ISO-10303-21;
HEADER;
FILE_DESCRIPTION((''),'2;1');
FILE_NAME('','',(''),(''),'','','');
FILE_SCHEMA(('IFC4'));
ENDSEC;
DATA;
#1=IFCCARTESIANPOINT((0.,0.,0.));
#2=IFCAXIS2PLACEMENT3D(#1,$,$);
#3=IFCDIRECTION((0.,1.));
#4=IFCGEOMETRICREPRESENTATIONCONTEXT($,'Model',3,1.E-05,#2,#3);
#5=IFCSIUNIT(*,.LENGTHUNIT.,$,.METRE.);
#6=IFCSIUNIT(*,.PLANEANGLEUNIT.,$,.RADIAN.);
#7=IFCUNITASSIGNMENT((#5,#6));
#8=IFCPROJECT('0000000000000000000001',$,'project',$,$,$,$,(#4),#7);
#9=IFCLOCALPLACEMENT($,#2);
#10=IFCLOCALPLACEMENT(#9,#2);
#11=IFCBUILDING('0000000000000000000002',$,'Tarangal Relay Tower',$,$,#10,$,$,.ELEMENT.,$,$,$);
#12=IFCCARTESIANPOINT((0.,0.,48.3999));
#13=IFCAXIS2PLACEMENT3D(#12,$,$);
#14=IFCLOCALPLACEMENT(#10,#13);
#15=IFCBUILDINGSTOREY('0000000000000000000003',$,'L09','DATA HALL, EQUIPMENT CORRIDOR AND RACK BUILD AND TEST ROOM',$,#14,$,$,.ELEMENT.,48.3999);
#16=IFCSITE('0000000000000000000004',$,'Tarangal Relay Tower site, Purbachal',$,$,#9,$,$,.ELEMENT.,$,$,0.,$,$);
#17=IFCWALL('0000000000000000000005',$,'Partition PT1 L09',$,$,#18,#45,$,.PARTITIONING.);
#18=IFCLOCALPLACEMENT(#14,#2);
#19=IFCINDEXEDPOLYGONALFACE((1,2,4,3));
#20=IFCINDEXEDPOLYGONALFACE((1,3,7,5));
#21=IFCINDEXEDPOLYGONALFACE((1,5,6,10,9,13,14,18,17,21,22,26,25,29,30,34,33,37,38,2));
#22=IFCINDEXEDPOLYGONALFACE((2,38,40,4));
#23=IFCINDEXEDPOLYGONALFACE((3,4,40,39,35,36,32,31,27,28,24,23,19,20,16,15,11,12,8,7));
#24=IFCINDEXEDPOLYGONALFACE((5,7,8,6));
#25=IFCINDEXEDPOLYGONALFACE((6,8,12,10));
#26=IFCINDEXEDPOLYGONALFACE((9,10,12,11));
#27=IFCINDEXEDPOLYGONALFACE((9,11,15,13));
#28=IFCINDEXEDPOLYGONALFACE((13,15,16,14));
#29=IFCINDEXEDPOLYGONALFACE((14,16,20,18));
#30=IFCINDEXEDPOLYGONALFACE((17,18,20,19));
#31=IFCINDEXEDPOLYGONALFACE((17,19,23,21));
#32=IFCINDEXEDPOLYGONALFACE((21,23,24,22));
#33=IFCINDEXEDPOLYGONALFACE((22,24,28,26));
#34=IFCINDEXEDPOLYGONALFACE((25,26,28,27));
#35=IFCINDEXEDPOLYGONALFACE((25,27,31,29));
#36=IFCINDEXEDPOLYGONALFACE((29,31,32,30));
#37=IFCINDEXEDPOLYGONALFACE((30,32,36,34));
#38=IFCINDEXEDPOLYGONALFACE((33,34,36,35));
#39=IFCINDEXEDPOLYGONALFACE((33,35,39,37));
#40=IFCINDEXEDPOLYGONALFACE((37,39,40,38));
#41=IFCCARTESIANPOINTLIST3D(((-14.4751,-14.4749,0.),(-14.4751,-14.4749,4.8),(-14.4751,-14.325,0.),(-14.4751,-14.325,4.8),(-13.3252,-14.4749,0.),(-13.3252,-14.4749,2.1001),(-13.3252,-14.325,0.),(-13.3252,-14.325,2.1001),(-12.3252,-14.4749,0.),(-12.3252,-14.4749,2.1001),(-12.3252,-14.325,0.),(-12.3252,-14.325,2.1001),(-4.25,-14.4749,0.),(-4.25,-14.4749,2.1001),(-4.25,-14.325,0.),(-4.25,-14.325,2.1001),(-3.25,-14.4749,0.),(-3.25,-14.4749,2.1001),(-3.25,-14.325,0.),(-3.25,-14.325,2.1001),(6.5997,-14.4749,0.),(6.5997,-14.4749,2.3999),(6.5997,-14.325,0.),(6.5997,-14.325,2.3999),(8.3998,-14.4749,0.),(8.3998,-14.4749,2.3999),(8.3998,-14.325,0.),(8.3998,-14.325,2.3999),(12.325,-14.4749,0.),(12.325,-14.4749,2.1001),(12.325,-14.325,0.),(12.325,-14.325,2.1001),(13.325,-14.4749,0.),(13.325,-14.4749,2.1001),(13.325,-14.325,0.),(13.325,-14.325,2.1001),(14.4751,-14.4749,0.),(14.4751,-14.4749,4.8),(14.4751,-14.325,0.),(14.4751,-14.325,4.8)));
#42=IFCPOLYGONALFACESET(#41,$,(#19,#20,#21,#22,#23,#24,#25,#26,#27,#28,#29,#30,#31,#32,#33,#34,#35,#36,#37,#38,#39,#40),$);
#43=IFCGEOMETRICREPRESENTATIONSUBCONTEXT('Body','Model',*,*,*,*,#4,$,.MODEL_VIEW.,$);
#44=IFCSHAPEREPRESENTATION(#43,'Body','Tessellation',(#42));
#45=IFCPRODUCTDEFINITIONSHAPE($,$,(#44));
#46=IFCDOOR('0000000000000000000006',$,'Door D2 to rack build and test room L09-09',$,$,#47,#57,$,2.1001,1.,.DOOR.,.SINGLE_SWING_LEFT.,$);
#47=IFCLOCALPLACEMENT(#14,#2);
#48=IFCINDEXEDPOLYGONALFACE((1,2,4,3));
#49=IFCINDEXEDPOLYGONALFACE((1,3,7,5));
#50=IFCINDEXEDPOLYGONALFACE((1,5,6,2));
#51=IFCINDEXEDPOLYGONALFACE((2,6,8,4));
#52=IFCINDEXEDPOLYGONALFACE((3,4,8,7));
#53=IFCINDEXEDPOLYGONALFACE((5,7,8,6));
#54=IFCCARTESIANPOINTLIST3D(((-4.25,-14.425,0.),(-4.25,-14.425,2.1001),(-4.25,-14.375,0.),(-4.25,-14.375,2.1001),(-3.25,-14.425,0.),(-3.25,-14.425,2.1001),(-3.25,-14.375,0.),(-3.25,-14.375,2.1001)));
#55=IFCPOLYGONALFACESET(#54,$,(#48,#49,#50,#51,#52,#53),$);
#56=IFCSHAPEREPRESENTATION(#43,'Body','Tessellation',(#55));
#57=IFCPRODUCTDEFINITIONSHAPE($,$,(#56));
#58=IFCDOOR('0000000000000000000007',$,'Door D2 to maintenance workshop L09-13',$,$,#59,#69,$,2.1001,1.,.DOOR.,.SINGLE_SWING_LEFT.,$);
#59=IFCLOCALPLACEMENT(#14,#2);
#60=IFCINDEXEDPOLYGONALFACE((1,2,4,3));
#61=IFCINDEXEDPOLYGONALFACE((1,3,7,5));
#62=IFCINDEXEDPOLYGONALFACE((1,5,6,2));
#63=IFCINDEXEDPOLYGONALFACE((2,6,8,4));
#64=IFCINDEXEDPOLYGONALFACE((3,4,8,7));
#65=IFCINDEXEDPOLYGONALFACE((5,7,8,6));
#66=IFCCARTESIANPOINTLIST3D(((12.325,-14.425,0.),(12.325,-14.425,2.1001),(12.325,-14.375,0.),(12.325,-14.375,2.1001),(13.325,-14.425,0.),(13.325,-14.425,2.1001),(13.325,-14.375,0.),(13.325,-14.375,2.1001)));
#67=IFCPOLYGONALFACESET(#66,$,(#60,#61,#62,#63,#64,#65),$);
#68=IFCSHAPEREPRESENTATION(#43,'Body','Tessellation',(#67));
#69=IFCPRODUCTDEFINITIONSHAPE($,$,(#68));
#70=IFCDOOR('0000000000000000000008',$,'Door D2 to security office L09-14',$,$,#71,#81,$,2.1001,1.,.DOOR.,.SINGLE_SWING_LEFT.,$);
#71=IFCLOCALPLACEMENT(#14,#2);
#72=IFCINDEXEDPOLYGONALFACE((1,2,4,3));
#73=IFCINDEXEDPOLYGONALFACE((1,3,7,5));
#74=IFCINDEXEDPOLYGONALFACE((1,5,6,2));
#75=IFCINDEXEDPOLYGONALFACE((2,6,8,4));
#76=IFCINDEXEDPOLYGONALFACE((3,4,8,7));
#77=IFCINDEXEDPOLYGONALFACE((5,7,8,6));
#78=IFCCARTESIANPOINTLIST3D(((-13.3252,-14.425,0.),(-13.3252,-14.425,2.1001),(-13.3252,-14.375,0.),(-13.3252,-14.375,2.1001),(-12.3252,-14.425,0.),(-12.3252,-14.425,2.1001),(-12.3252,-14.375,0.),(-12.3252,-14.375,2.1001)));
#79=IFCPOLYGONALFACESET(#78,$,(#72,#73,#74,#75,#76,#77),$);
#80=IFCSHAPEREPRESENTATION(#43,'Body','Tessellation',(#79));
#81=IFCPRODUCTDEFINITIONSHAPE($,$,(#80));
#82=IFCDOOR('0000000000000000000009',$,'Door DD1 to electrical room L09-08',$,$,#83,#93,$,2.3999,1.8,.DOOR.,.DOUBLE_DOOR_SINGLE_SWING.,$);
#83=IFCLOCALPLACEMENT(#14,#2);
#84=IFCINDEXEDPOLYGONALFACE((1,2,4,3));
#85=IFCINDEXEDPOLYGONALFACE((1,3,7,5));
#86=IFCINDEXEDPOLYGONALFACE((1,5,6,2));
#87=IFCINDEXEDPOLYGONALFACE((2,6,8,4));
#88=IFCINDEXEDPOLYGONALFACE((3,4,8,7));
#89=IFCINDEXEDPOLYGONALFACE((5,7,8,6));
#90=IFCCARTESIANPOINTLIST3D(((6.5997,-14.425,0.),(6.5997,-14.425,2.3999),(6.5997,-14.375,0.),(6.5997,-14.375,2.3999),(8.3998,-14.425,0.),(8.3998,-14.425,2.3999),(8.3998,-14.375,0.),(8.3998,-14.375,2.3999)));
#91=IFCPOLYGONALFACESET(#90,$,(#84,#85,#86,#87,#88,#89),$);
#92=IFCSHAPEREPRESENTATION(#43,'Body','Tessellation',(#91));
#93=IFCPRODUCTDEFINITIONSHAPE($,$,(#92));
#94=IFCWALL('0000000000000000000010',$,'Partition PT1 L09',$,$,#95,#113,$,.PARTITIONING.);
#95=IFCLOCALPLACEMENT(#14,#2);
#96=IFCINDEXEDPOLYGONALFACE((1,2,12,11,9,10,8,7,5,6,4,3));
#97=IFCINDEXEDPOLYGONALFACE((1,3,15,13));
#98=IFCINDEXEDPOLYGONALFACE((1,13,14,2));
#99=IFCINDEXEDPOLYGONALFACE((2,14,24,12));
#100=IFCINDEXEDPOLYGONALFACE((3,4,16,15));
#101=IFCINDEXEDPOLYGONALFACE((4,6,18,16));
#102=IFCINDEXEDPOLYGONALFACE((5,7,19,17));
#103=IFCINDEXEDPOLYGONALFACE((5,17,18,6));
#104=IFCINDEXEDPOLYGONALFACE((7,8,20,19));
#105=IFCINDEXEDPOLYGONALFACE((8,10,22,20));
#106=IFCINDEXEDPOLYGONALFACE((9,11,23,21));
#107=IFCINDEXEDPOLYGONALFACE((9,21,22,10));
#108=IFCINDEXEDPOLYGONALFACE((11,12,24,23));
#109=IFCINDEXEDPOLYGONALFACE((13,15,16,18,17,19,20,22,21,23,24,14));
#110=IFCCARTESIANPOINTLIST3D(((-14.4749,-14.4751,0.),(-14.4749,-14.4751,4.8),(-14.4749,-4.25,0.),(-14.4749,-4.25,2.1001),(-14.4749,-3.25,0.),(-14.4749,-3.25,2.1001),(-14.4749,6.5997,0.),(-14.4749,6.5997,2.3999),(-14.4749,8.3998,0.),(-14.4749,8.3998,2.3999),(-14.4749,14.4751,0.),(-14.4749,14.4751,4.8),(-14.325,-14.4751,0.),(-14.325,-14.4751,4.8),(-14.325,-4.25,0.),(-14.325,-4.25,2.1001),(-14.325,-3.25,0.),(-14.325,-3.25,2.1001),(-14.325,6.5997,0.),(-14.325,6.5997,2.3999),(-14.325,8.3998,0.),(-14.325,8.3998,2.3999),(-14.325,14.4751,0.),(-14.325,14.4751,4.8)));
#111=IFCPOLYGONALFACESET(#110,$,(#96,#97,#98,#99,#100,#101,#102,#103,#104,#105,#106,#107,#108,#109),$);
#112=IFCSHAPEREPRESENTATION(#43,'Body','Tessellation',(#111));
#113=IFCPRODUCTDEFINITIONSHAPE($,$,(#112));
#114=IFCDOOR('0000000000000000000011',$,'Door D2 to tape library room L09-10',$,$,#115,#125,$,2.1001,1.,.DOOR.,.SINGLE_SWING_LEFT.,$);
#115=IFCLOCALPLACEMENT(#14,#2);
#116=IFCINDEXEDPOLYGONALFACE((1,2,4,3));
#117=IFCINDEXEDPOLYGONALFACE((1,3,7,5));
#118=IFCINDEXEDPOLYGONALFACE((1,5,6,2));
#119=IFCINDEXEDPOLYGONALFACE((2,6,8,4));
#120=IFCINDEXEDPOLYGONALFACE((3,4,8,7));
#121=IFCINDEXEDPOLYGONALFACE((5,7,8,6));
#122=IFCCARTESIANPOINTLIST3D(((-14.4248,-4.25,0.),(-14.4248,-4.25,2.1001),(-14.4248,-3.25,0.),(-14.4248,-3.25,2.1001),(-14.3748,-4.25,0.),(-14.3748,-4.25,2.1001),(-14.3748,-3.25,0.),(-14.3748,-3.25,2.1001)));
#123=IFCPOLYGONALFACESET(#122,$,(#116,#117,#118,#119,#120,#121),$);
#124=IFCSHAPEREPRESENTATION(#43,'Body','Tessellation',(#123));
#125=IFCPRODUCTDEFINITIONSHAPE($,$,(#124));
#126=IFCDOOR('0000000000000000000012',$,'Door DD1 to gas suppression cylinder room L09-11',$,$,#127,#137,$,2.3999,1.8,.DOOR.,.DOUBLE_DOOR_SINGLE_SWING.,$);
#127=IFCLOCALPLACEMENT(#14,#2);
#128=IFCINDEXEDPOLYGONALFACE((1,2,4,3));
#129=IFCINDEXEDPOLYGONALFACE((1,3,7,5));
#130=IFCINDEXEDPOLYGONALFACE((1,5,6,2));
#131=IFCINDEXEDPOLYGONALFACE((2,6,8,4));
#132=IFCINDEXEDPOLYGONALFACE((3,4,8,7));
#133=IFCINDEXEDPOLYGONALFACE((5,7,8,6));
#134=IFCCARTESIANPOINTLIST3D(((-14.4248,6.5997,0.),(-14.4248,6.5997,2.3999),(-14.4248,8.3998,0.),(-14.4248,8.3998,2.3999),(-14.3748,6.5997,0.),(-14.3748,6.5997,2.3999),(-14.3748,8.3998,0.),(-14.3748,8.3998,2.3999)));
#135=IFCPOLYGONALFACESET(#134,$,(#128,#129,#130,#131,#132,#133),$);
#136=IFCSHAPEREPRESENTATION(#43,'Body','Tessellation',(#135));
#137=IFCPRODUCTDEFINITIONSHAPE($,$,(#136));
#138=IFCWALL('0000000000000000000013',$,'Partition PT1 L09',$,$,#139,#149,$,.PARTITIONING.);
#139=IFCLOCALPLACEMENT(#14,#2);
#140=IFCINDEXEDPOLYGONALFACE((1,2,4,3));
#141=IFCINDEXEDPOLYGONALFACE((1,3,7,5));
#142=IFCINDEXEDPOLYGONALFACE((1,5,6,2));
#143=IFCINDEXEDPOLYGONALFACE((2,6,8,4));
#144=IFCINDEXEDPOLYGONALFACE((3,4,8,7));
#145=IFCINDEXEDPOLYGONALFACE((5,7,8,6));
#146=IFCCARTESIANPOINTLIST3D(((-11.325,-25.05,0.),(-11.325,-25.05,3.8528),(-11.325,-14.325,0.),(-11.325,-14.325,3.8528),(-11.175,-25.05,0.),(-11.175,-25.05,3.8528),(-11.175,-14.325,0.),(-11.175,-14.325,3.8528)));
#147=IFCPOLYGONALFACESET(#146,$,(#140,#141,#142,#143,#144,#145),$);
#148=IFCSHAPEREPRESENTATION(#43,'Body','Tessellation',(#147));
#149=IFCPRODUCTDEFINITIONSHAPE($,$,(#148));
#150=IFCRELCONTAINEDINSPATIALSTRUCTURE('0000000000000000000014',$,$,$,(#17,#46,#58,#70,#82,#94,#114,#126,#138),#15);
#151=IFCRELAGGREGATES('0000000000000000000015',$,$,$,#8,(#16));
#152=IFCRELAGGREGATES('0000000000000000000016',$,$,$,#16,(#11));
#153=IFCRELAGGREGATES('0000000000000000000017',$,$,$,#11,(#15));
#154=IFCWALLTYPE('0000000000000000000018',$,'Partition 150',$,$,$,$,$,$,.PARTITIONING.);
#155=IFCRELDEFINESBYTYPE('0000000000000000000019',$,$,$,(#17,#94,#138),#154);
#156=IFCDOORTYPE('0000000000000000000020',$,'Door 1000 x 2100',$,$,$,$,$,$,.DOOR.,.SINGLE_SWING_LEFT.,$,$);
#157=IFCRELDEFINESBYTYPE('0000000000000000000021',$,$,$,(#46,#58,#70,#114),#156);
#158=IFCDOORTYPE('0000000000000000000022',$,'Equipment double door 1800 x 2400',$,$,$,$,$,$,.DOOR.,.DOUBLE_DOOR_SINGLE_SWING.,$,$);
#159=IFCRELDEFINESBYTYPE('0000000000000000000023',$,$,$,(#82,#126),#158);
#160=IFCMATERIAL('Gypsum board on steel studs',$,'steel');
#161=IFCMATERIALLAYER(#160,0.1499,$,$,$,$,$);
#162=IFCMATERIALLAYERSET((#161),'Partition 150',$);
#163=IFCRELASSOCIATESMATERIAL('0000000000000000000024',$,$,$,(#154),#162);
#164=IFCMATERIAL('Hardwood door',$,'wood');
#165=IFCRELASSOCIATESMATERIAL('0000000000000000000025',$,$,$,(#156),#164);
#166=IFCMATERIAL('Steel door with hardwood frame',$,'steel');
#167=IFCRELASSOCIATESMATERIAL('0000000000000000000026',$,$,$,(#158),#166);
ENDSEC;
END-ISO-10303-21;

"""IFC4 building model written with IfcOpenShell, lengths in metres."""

from ifc_helpers import new_model, si_unit, direction, frame, frame_2d, origin, place, context, subcontext, project, spatial, rectangle, extrude, material, layer, layer_set, type_object, element, fill, save


model = new_model("IFC4")

# Units and contexts
model_context = context("Model", 3, precision=1e-05, world=origin(), true_north=direction((0.0, 1.0)))
body_context = subcontext(model_context, "Body", "Model", "MODEL_VIEW")
ifc_project = project(units=[si_unit("LENGTHUNIT", "METRE"), si_unit("PLANEANGLEUNIT", "RADIAN")], contexts=[model_context])

# Site, building, storey
site_placement = place(None, origin())
site = spatial("IfcSite", under=ifc_project, at=site_placement, Name="Tarangal Relay Tower site, Purbachal", CompositionType="ELEMENT", RefElevation=0.0)
building_placement = place(site_placement, origin())
building = spatial("IfcBuilding", under=site, at=building_placement, Name="Tarangal Relay Tower", CompositionType="ELEMENT")
storey_placement = place(building_placement, frame((0.0, 0.0, 48.3999)))
storey = spatial("IfcBuildingStorey", under=building, at=storey_placement, Name="L09", Description="DATA HALL, EQUIPMENT CORRIDOR AND RACK BUILD AND TEST ROOM", CompositionType="ELEMENT", Elevation=48.3999)

# Walls, openings, doors
ifc_material_1 = material(Name="Gypsum board on steel studs", Category="steel")
ifc_layer_1 = layer(ifc_material_1, 0.1499)
ifc_layer_set_1 = layer_set([ifc_layer_1], Name="Partition 150")
wall_type_1 = type_object("IfcWallType", Name="Partition 150", PredefinedType="PARTITIONING", material=ifc_layer_set_1)
wall_1_placement = place(storey_placement, frame((-14.4751, -14.3999, 0.0), z_axis=(0.0, 0.0, 1.0), x_axis=(1.0, 0.0, 0.0)))
wall_1 = element("IfcWall", 1, at=wall_1_placement, inside=storey, type_object=wall_type_1, Name="Partition PT1 L09", PredefinedType="PARTITIONING", context=body_context, shape_type="SweptSolid", body=[
    extrude(rectangle(XDim=28.9502, YDim=0.1499, at=frame_2d((14.4751, 0.0))), origin(), (0.0, 0.0, 1.0), 4.8),
])
opening_1_placement = place(wall_1_placement, frame((21.075, 0.0, 0.0)))
opening_1 = element("IfcOpeningElement", 2, at=opening_1_placement, cuts=wall_1, PredefinedType="OPENING", context=body_context, shape_type="SweptSolid", body=[
    extrude(rectangle(XDim=1.8, YDim=2.3999, at=frame_2d((0.8999, 1.2))), frame((0.0, 0.085, 0.0), z_axis=(0.0, -1.0, 0.0), x_axis=(1.0, 0.0, 0.0)), (0.0, 0.0, 1.0), 0.1699),
])
opening_2_placement = place(wall_1_placement, frame((10.2251, 0.0, 0.0)))
opening_2 = element("IfcOpeningElement", 3, at=opening_2_placement, cuts=wall_1, PredefinedType="OPENING", context=body_context, shape_type="SweptSolid", body=[
    extrude(rectangle(XDim=1.0, YDim=2.1001, at=frame_2d((0.5, 1.05))), frame((0.0, 0.085, 0.0), z_axis=(0.0, -1.0, 0.0), x_axis=(1.0, 0.0, 0.0)), (0.0, 0.0, 1.0), 0.1699),
])
opening_3_placement = place(wall_1_placement, frame((26.8, 0.0, 0.0)))
opening_3 = element("IfcOpeningElement", 4, at=opening_3_placement, cuts=wall_1, PredefinedType="OPENING", context=body_context, shape_type="SweptSolid", body=[
    extrude(rectangle(XDim=1.0, YDim=2.1001, at=frame_2d((0.5, 1.05))), frame((0.0, 0.085, 0.0), z_axis=(0.0, -1.0, 0.0), x_axis=(1.0, 0.0, 0.0)), (0.0, 0.0, 1.0), 0.1699),
])
opening_4_placement = place(wall_1_placement, frame((1.1499, 0.0, 0.0)))
opening_4 = element("IfcOpeningElement", 5, at=opening_4_placement, cuts=wall_1, PredefinedType="OPENING", context=body_context, shape_type="SweptSolid", body=[
    extrude(rectangle(XDim=1.0, YDim=2.1001, at=frame_2d((0.5, 1.05))), frame((0.0, 0.085, 0.0), z_axis=(0.0, -1.0, 0.0), x_axis=(1.0, 0.0, 0.0)), (0.0, 0.0, 1.0), 0.1699),
])
ifc_material_2 = material(Name="Hardwood door", Category="wood")
door_type_1 = type_object("IfcDoorType", Name="Door 1000 x 2100", OperationType="SINGLE_SWING_LEFT", PredefinedType="DOOR", material=ifc_material_2)
door_1_placement = place(opening_2_placement, origin())
door_1 = element("IfcDoor", 6, at=door_1_placement, inside=storey, type_object=door_type_1, Name="Door D2 to rack build and test room L09-09", OperationType="SINGLE_SWING_LEFT", OverallHeight=2.1001, OverallWidth=1.0, PredefinedType="DOOR", context=body_context, shape_type="SweptSolid", body=[
    extrude(rectangle(XDim=1.0, YDim=2.1001, at=frame_2d((0.5, 1.05))), frame((0.0, 0.0249, 0.0), z_axis=(0.0, -1.0, 0.0), x_axis=(1.0, 0.0, 0.0)), (0.0, 0.0, 1.0), 0.05),
])
fill(opening_2, door_1)
door_2_placement = place(opening_3_placement, origin())
door_2 = element("IfcDoor", 7, at=door_2_placement, inside=storey, type_object=door_type_1, Name="Door D2 to maintenance workshop L09-13", OperationType="SINGLE_SWING_LEFT", OverallHeight=2.1001, OverallWidth=1.0, PredefinedType="DOOR", context=body_context, shape_type="SweptSolid", body=[
    extrude(rectangle(XDim=1.0, YDim=2.1001, at=frame_2d((0.5, 1.05))), frame((0.0, 0.0249, 0.0), z_axis=(0.0, -1.0, 0.0), x_axis=(1.0, 0.0, 0.0)), (0.0, 0.0, 1.0), 0.05),
])
fill(opening_3, door_2)
door_3_placement = place(opening_4_placement, origin())
door_3 = element("IfcDoor", 8, at=door_3_placement, inside=storey, type_object=door_type_1, Name="Door D2 to security office L09-14", OperationType="SINGLE_SWING_LEFT", OverallHeight=2.1001, OverallWidth=1.0, PredefinedType="DOOR", context=body_context, shape_type="SweptSolid", body=[
    extrude(rectangle(XDim=1.0, YDim=2.1001, at=frame_2d((0.5, 1.05))), frame((0.0, 0.0249, 0.0), z_axis=(0.0, -1.0, 0.0), x_axis=(1.0, 0.0, 0.0)), (0.0, 0.0, 1.0), 0.05),
])
fill(opening_4, door_3)
ifc_material_3 = material(Name="Steel door with hardwood frame", Category="steel")
door_type_2 = type_object("IfcDoorType", Name="Equipment double door 1800 x 2400", OperationType="DOUBLE_DOOR_SINGLE_SWING", PredefinedType="DOOR", material=ifc_material_3)
door_4_placement = place(opening_1_placement, origin())
door_4 = element("IfcDoor", 9, at=door_4_placement, inside=storey, type_object=door_type_2, Name="Door DD1 to electrical room L09-08", OperationType="DOUBLE_DOOR_SINGLE_SWING", OverallHeight=2.3999, OverallWidth=1.8, PredefinedType="DOOR", context=body_context, shape_type="SweptSolid", body=[
    extrude(rectangle(XDim=1.8, YDim=2.3999, at=frame_2d((0.8999, 1.2))), frame((0.0, 0.0249, 0.0), z_axis=(0.0, -1.0, 0.0), x_axis=(1.0, 0.0, 0.0)), (0.0, 0.0, 1.0), 0.05),
])
fill(opening_1, door_4)
wall_2_placement = place(storey_placement, frame((-14.3999, -14.4751, 0.0), z_axis=(0.0, 0.0, 1.0), x_axis=(0.0, 1.0, 0.0)))
wall_2 = element("IfcWall", 10, at=wall_2_placement, inside=storey, type_object=wall_type_1, Name="Partition PT1 L09", PredefinedType="PARTITIONING", context=body_context, shape_type="SweptSolid", body=[
    extrude(rectangle(XDim=28.9502, YDim=0.1499, at=frame_2d((14.4751, 0.0))), origin(), (0.0, 0.0, 1.0), 4.8),
])
opening_5_placement = place(wall_2_placement, frame((10.2251, 0.0, 0.0)))
opening_5 = element("IfcOpeningElement", 11, at=opening_5_placement, cuts=wall_2, PredefinedType="OPENING", context=body_context, shape_type="SweptSolid", body=[
    extrude(rectangle(XDim=1.0, YDim=2.1001, at=frame_2d((0.5, 1.05))), frame((0.0, 0.085, 0.0), z_axis=(0.0, -1.0, 0.0), x_axis=(1.0, 0.0, 0.0)), (0.0, 0.0, 1.0), 0.1699),
])
opening_6_placement = place(wall_2_placement, frame((21.075, 0.0, 0.0)))
opening_6 = element("IfcOpeningElement", 12, at=opening_6_placement, cuts=wall_2, PredefinedType="OPENING", context=body_context, shape_type="SweptSolid", body=[
    extrude(rectangle(XDim=1.8, YDim=2.3999, at=frame_2d((0.8999, 1.2))), frame((0.0, 0.085, 0.0), z_axis=(0.0, -1.0, 0.0), x_axis=(1.0, 0.0, 0.0)), (0.0, 0.0, 1.0), 0.1699),
])
door_5_placement = place(opening_5_placement, origin())
door_5 = element("IfcDoor", 13, at=door_5_placement, inside=storey, type_object=door_type_1, Name="Door D2 to tape library room L09-10", OperationType="SINGLE_SWING_LEFT", OverallHeight=2.1001, OverallWidth=1.0, PredefinedType="DOOR", context=body_context, shape_type="SweptSolid", body=[
    extrude(rectangle(XDim=1.0, YDim=2.1001, at=frame_2d((0.5, 1.05))), frame((0.0, 0.0249, 0.0), z_axis=(0.0, -1.0, 0.0), x_axis=(1.0, 0.0, 0.0)), (0.0, 0.0, 1.0), 0.05),
])
fill(opening_5, door_5)
door_6_placement = place(opening_6_placement, origin())
door_6 = element("IfcDoor", 14, at=door_6_placement, inside=storey, type_object=door_type_2, Name="Door DD1 to gas suppression cylinder room L09-11", OperationType="DOUBLE_DOOR_SINGLE_SWING", OverallHeight=2.3999, OverallWidth=1.8, PredefinedType="DOOR", context=body_context, shape_type="SweptSolid", body=[
    extrude(rectangle(XDim=1.8, YDim=2.3999, at=frame_2d((0.8999, 1.2))), frame((0.0, 0.0249, 0.0), z_axis=(0.0, -1.0, 0.0), x_axis=(1.0, 0.0, 0.0)), (0.0, 0.0, 1.0), 0.05),
])
fill(opening_6, door_6)

# Wall
wall_3_placement = place(storey_placement, frame((-11.25, -25.05, 0.0), z_axis=(0.0, 0.0, 1.0), x_axis=(0.0, 1.0, 0.0)))
element("IfcWall", 15, at=wall_3_placement, inside=storey, type_object=wall_type_1, Name="Partition PT1 L09", PredefinedType="PARTITIONING", context=body_context, shape_type="SweptSolid", body=[
    extrude(rectangle(XDim=10.7251, YDim=0.1499, at=frame_2d((5.3625, 0.0))), origin(), (0.0, 0.0, 1.0), 3.8528),
])

save(model, "model.ifc")
